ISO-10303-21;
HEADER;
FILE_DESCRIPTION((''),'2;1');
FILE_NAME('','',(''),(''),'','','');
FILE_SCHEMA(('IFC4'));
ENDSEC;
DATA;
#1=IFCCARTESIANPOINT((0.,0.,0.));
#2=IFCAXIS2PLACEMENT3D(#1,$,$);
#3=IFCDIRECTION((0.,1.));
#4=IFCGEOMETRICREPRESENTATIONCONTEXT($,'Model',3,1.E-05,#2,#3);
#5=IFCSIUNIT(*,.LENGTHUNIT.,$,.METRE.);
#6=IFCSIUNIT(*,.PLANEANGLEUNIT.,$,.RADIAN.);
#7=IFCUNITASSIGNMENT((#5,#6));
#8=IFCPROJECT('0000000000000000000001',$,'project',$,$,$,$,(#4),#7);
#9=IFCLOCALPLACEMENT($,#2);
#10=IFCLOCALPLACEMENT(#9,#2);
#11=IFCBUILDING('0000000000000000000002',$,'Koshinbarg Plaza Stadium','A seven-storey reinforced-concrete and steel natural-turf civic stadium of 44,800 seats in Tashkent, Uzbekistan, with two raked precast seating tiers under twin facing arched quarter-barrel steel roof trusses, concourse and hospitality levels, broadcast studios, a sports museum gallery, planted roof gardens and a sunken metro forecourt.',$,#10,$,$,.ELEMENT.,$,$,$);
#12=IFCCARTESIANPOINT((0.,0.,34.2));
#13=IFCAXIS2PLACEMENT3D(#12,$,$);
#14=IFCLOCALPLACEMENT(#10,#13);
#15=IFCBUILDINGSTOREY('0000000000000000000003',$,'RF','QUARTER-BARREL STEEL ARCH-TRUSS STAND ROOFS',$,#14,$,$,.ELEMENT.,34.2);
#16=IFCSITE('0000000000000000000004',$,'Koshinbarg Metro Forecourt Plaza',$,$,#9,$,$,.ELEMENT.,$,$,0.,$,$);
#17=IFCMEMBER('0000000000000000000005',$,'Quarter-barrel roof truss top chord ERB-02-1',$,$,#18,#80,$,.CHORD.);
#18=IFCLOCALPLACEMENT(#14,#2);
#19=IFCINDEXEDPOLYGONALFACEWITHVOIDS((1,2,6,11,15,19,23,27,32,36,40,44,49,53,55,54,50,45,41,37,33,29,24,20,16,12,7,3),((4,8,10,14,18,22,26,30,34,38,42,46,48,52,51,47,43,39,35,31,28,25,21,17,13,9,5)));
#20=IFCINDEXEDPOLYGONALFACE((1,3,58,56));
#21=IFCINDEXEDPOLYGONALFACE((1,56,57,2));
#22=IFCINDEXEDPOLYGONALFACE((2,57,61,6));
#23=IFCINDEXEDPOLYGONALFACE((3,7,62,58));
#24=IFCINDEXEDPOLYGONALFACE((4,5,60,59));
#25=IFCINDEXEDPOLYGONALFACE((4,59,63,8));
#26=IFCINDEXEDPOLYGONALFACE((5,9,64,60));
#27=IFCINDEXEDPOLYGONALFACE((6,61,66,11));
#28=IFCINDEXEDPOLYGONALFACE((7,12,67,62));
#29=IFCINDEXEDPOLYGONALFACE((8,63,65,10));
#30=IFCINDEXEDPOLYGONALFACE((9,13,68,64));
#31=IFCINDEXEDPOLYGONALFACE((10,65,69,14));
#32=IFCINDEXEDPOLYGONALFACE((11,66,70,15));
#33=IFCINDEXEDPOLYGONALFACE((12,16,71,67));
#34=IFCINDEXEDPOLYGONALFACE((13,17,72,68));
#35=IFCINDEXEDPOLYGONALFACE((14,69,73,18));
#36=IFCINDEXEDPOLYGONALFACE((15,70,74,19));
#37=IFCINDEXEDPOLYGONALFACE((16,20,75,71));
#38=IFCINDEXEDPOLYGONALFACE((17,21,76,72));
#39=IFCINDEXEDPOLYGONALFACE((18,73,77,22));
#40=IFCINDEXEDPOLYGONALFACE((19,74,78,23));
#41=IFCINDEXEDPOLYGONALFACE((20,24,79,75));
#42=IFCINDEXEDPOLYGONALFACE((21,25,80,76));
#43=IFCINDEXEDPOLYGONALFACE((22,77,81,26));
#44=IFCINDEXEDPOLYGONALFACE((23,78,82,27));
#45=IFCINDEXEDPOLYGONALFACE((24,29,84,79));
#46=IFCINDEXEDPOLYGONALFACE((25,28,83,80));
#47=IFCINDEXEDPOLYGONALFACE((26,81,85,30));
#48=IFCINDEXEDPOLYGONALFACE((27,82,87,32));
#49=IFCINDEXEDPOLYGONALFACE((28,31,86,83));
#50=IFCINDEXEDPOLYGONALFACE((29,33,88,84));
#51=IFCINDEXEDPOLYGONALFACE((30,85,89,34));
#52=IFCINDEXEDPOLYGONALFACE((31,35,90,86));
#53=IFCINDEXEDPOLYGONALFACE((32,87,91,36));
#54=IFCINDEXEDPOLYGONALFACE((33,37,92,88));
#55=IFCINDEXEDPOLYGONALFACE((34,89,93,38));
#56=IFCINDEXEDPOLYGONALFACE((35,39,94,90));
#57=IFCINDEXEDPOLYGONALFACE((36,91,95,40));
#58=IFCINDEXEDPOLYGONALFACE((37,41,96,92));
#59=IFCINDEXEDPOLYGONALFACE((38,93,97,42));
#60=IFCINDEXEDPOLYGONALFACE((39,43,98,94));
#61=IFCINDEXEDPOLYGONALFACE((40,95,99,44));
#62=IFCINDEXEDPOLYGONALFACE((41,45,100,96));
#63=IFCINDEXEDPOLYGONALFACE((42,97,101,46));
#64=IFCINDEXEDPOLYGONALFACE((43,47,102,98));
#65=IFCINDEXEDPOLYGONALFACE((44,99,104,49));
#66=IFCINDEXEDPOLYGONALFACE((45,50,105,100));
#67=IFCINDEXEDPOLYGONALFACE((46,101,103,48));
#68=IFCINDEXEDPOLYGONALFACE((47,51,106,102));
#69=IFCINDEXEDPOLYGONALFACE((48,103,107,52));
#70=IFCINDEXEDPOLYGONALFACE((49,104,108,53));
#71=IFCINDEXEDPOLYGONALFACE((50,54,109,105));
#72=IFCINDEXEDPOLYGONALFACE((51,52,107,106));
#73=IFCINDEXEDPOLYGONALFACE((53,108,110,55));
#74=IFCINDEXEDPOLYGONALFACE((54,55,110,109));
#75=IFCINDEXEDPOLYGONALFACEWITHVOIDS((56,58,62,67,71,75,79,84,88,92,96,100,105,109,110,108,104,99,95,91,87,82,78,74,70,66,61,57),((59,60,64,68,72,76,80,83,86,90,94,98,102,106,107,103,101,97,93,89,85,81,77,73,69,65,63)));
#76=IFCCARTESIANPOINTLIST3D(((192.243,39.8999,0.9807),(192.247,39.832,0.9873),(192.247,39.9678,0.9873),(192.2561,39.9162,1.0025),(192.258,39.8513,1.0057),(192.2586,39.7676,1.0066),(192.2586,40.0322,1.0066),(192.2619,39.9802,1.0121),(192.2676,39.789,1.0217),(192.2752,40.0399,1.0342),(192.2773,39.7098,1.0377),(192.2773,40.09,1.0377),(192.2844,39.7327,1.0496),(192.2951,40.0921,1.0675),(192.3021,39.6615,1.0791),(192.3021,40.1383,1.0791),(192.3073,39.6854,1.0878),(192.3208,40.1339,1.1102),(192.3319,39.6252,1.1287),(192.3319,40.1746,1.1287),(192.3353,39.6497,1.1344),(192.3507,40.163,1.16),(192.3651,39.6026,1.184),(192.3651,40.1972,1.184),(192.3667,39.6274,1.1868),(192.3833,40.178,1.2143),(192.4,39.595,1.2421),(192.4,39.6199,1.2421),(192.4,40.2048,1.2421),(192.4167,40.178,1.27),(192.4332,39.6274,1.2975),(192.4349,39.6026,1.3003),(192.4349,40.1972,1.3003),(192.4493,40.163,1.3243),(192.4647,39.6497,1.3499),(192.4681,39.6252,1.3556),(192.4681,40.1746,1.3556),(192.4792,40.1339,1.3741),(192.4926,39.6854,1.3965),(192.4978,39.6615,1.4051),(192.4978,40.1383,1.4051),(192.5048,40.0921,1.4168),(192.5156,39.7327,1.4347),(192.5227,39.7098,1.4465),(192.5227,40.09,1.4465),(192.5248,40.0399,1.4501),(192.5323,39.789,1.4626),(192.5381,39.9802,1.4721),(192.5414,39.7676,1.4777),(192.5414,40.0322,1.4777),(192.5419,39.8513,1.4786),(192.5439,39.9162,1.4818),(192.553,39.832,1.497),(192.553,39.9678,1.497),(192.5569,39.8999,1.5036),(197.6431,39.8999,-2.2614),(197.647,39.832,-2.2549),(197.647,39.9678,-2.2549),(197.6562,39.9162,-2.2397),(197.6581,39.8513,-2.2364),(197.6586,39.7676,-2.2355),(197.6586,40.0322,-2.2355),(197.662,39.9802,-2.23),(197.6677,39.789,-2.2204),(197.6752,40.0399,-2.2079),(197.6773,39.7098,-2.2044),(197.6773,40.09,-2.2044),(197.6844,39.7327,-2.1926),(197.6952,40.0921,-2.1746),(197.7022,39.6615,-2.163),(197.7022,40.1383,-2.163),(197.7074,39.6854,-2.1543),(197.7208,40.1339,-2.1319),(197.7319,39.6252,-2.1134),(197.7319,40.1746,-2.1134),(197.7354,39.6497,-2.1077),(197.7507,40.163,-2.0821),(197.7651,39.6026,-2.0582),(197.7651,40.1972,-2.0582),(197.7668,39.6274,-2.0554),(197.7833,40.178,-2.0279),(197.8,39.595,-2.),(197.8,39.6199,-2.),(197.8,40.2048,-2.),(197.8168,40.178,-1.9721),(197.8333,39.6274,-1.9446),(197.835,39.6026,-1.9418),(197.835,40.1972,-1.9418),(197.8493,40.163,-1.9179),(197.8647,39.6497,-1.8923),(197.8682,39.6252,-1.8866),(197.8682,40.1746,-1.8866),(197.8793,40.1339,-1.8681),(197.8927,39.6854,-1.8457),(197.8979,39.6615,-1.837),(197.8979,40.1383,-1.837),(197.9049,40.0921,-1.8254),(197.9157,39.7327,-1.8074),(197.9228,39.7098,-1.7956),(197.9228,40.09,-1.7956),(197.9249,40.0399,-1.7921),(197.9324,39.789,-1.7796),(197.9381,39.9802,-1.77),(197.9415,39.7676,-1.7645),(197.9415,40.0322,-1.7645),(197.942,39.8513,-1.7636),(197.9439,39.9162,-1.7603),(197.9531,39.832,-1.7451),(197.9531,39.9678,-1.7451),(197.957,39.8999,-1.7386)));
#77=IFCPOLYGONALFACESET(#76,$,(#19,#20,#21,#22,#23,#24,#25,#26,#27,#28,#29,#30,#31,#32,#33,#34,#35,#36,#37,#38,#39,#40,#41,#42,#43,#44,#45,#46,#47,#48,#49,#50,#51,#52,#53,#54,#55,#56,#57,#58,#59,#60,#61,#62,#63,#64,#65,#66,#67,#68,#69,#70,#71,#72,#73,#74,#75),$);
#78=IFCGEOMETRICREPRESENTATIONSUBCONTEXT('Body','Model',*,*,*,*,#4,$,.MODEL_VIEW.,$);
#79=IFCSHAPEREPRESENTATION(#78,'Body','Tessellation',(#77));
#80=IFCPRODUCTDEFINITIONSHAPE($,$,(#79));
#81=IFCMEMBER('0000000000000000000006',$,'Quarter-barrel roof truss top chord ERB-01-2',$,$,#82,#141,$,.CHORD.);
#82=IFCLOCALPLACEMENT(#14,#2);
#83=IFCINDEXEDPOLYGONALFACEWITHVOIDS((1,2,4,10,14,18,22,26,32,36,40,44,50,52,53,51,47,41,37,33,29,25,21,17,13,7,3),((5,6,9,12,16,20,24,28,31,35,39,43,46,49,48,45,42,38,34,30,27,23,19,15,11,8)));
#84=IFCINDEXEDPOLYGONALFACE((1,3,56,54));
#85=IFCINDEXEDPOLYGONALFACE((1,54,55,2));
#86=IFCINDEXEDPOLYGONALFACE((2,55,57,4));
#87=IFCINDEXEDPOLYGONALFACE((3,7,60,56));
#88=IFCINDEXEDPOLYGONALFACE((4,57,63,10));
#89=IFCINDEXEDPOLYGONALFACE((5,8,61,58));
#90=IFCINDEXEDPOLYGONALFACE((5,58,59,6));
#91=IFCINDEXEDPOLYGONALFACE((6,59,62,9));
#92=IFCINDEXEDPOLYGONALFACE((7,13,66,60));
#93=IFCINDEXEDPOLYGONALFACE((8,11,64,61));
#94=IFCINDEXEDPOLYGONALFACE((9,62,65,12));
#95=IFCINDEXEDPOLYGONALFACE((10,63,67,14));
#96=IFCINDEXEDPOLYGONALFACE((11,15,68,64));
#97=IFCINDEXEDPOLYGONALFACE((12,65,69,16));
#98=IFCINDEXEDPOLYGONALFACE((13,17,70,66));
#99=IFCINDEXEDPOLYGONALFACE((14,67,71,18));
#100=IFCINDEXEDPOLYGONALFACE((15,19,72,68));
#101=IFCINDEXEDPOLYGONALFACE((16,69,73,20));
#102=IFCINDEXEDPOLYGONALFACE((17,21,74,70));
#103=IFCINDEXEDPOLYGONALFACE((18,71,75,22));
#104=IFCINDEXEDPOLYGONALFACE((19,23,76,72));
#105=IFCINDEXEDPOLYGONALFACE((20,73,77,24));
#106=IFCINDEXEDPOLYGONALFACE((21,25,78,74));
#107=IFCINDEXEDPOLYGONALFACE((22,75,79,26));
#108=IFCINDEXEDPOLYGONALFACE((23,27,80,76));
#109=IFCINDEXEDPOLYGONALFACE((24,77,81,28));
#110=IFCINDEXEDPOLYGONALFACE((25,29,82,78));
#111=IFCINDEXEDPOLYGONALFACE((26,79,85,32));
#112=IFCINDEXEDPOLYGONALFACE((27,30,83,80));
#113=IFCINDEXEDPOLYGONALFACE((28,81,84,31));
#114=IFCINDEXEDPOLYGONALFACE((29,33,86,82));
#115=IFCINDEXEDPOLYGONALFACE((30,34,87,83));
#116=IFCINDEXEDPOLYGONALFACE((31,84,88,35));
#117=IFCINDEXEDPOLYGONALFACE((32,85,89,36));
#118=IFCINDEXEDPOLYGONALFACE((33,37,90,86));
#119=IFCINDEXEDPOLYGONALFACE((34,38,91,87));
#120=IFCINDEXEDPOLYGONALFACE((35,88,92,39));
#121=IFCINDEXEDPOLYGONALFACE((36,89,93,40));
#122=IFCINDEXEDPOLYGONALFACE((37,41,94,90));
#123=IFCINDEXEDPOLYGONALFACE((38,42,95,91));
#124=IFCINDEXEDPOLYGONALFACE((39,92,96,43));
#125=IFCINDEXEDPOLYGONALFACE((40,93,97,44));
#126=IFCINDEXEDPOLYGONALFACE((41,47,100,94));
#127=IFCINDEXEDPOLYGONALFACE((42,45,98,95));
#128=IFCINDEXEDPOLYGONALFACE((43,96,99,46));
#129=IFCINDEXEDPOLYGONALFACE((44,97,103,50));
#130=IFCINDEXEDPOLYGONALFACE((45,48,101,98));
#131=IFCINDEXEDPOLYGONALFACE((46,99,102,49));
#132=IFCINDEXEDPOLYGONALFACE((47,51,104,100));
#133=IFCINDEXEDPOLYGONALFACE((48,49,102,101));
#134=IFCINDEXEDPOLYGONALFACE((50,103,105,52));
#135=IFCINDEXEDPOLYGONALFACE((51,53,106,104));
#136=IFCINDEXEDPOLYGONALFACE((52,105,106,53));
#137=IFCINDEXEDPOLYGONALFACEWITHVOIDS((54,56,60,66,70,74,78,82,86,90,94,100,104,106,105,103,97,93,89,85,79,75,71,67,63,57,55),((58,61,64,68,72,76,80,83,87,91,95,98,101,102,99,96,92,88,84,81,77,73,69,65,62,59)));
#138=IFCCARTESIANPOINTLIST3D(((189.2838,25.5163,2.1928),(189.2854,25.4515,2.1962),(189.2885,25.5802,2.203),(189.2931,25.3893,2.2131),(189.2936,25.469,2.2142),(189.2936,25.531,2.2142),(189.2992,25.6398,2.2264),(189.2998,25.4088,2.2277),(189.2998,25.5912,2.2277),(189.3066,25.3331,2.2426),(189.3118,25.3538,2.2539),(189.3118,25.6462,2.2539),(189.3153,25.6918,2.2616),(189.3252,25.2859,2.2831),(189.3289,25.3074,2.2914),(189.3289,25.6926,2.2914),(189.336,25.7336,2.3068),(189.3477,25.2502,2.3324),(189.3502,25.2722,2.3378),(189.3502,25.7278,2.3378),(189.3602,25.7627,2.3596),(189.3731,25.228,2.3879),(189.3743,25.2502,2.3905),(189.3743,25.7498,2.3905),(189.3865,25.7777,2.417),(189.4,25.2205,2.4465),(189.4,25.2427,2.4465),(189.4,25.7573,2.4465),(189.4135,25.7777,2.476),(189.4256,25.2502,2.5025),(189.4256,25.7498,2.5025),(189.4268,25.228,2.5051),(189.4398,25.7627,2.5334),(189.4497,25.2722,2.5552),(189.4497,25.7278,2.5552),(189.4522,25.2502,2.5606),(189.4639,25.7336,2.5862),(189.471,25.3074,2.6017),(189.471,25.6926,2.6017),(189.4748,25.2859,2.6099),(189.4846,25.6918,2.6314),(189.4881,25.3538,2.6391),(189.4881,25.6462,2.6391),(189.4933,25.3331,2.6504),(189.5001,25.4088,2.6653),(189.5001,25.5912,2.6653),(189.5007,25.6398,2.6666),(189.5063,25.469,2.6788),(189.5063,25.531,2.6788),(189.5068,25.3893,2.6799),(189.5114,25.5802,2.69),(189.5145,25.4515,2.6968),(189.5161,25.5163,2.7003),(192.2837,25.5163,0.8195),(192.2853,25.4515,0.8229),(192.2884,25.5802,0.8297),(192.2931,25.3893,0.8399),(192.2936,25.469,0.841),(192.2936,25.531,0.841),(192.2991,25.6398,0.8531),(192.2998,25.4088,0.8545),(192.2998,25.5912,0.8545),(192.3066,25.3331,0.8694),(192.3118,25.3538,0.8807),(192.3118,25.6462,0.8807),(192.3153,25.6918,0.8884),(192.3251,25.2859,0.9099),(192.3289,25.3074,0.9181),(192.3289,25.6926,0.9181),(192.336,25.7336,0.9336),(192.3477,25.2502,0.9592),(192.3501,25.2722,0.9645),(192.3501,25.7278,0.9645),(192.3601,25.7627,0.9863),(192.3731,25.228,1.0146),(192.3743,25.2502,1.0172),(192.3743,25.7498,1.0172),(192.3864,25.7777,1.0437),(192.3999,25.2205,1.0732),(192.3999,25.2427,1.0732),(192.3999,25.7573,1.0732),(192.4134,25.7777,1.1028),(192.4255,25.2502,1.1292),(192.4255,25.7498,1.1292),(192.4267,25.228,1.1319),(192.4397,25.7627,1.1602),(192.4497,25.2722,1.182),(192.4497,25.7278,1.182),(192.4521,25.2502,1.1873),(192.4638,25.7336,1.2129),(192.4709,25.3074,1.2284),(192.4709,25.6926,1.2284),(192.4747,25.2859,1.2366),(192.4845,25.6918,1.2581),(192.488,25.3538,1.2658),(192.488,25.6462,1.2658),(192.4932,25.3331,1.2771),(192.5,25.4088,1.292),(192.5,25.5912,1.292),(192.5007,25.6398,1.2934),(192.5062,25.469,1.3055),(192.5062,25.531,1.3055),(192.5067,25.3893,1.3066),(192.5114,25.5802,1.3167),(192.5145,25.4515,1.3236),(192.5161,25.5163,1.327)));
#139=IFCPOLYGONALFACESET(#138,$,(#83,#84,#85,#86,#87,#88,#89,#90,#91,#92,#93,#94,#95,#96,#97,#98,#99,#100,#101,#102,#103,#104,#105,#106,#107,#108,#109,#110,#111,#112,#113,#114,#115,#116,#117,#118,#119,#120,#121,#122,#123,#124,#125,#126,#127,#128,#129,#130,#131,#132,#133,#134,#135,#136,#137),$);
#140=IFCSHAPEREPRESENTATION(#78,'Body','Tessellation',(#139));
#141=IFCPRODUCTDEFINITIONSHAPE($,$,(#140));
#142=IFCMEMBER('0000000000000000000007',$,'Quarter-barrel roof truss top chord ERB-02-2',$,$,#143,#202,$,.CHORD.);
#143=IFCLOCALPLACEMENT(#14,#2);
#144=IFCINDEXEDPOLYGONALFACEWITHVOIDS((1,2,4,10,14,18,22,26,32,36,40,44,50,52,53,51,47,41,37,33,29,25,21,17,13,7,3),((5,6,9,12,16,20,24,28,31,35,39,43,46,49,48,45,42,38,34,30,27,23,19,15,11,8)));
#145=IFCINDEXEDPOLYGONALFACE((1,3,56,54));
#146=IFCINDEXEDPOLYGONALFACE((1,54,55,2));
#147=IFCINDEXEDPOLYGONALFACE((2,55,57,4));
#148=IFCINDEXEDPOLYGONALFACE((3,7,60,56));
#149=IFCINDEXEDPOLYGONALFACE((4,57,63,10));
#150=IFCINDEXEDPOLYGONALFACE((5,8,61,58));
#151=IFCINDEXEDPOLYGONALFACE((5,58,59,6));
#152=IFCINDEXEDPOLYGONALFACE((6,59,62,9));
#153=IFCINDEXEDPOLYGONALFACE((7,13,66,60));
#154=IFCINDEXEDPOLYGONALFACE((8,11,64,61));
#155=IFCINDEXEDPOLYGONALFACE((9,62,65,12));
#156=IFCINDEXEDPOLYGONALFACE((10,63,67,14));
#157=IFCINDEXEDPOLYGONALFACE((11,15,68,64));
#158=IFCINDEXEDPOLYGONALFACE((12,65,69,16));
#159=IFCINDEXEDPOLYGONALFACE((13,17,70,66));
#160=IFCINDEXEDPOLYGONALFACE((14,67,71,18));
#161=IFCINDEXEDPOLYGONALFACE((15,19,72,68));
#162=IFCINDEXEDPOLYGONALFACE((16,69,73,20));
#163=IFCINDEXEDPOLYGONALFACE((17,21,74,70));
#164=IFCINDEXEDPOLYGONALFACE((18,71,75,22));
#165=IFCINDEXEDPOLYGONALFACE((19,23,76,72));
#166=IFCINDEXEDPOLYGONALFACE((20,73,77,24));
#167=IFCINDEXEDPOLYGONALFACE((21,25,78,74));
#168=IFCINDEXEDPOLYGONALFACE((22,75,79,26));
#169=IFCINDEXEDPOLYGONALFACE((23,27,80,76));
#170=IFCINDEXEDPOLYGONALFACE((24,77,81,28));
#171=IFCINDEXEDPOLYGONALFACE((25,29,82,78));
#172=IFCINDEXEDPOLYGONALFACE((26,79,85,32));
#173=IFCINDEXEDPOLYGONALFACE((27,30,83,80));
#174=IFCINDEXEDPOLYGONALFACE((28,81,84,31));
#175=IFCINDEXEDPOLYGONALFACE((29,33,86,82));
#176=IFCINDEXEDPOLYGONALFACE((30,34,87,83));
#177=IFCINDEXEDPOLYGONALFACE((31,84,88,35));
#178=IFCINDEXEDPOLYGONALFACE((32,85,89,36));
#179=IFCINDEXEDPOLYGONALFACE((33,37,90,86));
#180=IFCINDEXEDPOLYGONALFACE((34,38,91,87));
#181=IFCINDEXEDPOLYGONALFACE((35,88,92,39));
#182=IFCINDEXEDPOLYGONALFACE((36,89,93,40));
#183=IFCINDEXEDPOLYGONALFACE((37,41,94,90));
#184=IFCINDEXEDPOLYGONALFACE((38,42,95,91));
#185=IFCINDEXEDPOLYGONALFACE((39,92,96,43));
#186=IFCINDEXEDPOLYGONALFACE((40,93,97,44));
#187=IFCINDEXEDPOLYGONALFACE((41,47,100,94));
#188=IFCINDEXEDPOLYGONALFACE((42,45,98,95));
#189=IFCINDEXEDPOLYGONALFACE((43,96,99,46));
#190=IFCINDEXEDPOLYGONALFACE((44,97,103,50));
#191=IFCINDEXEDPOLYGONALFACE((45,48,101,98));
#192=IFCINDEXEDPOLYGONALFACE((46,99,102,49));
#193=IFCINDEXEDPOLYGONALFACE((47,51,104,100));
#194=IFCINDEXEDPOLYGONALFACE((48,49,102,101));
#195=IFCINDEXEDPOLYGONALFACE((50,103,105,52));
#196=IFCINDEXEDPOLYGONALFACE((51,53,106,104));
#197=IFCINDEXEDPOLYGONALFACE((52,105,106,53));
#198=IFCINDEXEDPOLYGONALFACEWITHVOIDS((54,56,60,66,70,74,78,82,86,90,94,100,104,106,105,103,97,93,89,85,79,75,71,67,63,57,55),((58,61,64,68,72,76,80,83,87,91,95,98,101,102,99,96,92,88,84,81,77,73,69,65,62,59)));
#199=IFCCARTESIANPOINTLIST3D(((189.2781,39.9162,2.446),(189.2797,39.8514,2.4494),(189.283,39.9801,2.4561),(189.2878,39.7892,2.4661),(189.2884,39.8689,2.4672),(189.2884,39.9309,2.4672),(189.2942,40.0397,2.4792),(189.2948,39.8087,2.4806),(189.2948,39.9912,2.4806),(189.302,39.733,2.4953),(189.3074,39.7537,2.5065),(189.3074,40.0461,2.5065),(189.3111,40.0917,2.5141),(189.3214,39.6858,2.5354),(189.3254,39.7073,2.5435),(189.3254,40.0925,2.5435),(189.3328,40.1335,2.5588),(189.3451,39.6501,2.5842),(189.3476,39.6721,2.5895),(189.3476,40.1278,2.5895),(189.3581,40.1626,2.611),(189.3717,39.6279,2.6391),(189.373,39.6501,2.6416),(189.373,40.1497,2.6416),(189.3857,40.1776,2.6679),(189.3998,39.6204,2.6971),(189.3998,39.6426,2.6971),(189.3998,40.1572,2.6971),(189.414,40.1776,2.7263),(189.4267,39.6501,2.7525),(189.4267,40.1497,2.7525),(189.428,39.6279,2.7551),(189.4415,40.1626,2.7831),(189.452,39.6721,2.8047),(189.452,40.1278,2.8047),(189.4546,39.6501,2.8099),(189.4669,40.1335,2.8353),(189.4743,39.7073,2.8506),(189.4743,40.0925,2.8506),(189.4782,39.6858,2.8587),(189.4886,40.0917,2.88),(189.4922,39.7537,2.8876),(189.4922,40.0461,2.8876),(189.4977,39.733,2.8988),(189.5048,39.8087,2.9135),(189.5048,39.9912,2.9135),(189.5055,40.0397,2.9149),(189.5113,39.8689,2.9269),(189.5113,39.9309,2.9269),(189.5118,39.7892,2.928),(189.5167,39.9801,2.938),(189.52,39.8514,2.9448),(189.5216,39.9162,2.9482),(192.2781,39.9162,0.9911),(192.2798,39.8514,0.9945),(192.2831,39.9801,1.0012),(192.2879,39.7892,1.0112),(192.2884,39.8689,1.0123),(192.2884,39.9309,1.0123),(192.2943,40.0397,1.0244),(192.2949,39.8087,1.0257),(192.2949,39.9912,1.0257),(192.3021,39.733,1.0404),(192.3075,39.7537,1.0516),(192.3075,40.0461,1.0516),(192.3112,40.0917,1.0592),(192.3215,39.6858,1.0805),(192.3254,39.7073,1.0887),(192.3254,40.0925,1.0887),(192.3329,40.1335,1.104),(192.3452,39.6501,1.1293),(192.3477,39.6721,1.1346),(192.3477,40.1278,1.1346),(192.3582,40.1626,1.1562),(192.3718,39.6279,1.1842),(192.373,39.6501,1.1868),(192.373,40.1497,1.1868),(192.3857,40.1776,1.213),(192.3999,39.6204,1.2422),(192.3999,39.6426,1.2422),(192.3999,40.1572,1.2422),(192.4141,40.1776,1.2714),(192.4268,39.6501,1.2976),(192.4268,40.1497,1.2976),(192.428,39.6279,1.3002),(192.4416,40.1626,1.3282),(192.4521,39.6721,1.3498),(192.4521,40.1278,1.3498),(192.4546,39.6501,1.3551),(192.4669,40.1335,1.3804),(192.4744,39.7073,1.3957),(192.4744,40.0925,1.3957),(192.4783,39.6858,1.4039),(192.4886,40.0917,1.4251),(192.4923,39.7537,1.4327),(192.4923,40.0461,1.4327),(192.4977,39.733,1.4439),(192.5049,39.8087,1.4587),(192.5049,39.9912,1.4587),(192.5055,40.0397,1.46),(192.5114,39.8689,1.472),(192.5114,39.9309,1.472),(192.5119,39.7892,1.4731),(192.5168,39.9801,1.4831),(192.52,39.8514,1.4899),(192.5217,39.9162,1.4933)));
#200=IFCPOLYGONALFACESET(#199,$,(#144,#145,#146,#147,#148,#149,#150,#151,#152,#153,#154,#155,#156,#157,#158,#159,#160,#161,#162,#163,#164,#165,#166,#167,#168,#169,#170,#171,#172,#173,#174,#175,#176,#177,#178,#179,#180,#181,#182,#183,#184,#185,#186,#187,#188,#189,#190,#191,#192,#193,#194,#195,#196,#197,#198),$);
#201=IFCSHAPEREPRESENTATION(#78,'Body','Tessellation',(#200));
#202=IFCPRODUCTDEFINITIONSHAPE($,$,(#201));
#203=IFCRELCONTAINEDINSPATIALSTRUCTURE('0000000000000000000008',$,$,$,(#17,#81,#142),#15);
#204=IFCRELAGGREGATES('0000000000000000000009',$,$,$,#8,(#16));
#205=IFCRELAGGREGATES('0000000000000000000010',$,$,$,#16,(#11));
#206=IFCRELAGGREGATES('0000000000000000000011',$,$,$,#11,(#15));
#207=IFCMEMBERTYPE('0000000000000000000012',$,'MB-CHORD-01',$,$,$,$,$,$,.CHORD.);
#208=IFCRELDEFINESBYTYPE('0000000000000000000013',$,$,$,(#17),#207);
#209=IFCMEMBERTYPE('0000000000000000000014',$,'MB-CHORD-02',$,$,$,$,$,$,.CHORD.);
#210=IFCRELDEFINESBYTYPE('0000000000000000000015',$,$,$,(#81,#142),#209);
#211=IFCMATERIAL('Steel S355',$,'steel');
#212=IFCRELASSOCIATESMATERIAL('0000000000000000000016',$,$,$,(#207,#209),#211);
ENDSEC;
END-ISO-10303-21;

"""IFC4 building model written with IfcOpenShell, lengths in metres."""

from ifc_helpers import new_model, si_unit, direction, frame, origin, origin_2d, place, context, subcontext, project, spatial, hollow_circle, extrude, material, material_profile, profile_set, type_object, element, save


model = new_model("IFC4")

# Units and contexts
model_context = context("Model", 3, precision=1e-05, world=origin(), true_north=direction((0.0, 1.0)))
body_context = subcontext(model_context, "Body", "Model", "MODEL_VIEW")
ifc_project = project(units=[si_unit("LENGTHUNIT", "METRE"), si_unit("PLANEANGLEUNIT", "RADIAN")], contexts=[model_context])

# Site, building, storey
site_placement = place(None, origin())
site = spatial("IfcSite", under=ifc_project, at=site_placement, Name="Koshinbarg Metro Forecourt Plaza", CompositionType="ELEMENT", RefElevation=0.0)
building_placement = place(site_placement, origin())
building = spatial("IfcBuilding", under=site, at=building_placement, Name="Koshinbarg Plaza Stadium", Description="A seven-storey reinforced-concrete and steel natural-turf civic stadium of 44,800 seats in Tashkent, Uzbekistan, with two raked precast seating tiers under twin facing arched quarter-barrel steel roof trusses, concourse and hospitality levels, broadcast studios, a sports museum gallery, planted roof gardens and a sunken metro forecourt.", CompositionType="ELEMENT")
storey_placement = place(building_placement, frame((0.0, 0.0, 34.2)))
storey = spatial("IfcBuildingStorey", under=building, at=storey_placement, Name="RF", Description="QUARTER-BARREL STEEL ARCH-TRUSS STAND ROOFS", CompositionType="ELEMENT", Elevation=34.2)

# Members
ifc_material_1 = material(Name="Steel S355", Category="steel")
ifc_material_profile_1 = material_profile(ifc_material_1, hollow_circle(Radius=0.3049, WallThickness=0.0249, at=origin_2d()), Name="CHS 610x25")
ifc_profile_set_1 = profile_set([ifc_material_profile_1], Name="Steel S355")
member_type_1 = type_object("IfcMemberType", Name="MB-CHORD-01", PredefinedType="CHORD", material=ifc_profile_set_1)
member_1_placement = place(storey_placement, frame((197.8, 39.8999, -2.0), z_axis=(-0.857346, 0.0, 0.514741), x_axis=(0.0, -1.0, 0.0)))
element("IfcMember", 1, at=member_1_placement, inside=storey, type_object=member_type_1, Name="Quarter-barrel roof truss top chord ERB-02-1", PredefinedType="CHORD", context=body_context, shape_type="SweptSolid", body=[
    extrude(hollow_circle(Radius=0.3049, WallThickness=0.0249, at=origin_2d()), origin(), (0.0, 0.0, 1.0), 6.2986),
])
ifc_material_profile_2 = material_profile(ifc_material_1, hollow_circle(Radius=0.2795, WallThickness=0.0222, at=origin_2d()), Name="CHS 559x22.2")
ifc_profile_set_2 = profile_set([ifc_material_profile_2], Name="Steel S355")
member_type_2 = type_object("IfcMemberType", Name="MB-CHORD-02", PredefinedType="CHORD", material=ifc_profile_set_2)
member_2_placement = place(storey_placement, frame((192.3999, 25.5, 1.0732), z_axis=(-0.909261, 0.0, 0.416227), x_axis=(0.0, -1.0, 0.0)))
element("IfcMember", 2, at=member_2_placement, inside=storey, type_object=member_type_2, Name="Quarter-barrel roof truss top chord ERB-01-2", PredefinedType="CHORD", context=body_context, shape_type="SweptSolid", body=[
    extrude(hollow_circle(Radius=0.2795, WallThickness=0.0222, at=origin_2d()), origin(), (0.0, 0.0, 1.0), 3.2993),
])
member_3_placement = place(storey_placement, frame((192.3999, 39.8999, 1.2422), z_axis=(-0.89978, 0.0, 0.436344), x_axis=(0.0, -1.0, 0.0)))
element("IfcMember", 3, at=member_3_placement, inside=storey, type_object=member_type_2, Name="Quarter-barrel roof truss top chord ERB-02-2", PredefinedType="CHORD", context=body_context, shape_type="SweptSolid", body=[
    extrude(hollow_circle(Radius=0.2795, WallThickness=0.0222, at=origin_2d()), origin(), (0.0, 0.0, 1.0), 3.3342),
])

save(model, "model.ifc")
